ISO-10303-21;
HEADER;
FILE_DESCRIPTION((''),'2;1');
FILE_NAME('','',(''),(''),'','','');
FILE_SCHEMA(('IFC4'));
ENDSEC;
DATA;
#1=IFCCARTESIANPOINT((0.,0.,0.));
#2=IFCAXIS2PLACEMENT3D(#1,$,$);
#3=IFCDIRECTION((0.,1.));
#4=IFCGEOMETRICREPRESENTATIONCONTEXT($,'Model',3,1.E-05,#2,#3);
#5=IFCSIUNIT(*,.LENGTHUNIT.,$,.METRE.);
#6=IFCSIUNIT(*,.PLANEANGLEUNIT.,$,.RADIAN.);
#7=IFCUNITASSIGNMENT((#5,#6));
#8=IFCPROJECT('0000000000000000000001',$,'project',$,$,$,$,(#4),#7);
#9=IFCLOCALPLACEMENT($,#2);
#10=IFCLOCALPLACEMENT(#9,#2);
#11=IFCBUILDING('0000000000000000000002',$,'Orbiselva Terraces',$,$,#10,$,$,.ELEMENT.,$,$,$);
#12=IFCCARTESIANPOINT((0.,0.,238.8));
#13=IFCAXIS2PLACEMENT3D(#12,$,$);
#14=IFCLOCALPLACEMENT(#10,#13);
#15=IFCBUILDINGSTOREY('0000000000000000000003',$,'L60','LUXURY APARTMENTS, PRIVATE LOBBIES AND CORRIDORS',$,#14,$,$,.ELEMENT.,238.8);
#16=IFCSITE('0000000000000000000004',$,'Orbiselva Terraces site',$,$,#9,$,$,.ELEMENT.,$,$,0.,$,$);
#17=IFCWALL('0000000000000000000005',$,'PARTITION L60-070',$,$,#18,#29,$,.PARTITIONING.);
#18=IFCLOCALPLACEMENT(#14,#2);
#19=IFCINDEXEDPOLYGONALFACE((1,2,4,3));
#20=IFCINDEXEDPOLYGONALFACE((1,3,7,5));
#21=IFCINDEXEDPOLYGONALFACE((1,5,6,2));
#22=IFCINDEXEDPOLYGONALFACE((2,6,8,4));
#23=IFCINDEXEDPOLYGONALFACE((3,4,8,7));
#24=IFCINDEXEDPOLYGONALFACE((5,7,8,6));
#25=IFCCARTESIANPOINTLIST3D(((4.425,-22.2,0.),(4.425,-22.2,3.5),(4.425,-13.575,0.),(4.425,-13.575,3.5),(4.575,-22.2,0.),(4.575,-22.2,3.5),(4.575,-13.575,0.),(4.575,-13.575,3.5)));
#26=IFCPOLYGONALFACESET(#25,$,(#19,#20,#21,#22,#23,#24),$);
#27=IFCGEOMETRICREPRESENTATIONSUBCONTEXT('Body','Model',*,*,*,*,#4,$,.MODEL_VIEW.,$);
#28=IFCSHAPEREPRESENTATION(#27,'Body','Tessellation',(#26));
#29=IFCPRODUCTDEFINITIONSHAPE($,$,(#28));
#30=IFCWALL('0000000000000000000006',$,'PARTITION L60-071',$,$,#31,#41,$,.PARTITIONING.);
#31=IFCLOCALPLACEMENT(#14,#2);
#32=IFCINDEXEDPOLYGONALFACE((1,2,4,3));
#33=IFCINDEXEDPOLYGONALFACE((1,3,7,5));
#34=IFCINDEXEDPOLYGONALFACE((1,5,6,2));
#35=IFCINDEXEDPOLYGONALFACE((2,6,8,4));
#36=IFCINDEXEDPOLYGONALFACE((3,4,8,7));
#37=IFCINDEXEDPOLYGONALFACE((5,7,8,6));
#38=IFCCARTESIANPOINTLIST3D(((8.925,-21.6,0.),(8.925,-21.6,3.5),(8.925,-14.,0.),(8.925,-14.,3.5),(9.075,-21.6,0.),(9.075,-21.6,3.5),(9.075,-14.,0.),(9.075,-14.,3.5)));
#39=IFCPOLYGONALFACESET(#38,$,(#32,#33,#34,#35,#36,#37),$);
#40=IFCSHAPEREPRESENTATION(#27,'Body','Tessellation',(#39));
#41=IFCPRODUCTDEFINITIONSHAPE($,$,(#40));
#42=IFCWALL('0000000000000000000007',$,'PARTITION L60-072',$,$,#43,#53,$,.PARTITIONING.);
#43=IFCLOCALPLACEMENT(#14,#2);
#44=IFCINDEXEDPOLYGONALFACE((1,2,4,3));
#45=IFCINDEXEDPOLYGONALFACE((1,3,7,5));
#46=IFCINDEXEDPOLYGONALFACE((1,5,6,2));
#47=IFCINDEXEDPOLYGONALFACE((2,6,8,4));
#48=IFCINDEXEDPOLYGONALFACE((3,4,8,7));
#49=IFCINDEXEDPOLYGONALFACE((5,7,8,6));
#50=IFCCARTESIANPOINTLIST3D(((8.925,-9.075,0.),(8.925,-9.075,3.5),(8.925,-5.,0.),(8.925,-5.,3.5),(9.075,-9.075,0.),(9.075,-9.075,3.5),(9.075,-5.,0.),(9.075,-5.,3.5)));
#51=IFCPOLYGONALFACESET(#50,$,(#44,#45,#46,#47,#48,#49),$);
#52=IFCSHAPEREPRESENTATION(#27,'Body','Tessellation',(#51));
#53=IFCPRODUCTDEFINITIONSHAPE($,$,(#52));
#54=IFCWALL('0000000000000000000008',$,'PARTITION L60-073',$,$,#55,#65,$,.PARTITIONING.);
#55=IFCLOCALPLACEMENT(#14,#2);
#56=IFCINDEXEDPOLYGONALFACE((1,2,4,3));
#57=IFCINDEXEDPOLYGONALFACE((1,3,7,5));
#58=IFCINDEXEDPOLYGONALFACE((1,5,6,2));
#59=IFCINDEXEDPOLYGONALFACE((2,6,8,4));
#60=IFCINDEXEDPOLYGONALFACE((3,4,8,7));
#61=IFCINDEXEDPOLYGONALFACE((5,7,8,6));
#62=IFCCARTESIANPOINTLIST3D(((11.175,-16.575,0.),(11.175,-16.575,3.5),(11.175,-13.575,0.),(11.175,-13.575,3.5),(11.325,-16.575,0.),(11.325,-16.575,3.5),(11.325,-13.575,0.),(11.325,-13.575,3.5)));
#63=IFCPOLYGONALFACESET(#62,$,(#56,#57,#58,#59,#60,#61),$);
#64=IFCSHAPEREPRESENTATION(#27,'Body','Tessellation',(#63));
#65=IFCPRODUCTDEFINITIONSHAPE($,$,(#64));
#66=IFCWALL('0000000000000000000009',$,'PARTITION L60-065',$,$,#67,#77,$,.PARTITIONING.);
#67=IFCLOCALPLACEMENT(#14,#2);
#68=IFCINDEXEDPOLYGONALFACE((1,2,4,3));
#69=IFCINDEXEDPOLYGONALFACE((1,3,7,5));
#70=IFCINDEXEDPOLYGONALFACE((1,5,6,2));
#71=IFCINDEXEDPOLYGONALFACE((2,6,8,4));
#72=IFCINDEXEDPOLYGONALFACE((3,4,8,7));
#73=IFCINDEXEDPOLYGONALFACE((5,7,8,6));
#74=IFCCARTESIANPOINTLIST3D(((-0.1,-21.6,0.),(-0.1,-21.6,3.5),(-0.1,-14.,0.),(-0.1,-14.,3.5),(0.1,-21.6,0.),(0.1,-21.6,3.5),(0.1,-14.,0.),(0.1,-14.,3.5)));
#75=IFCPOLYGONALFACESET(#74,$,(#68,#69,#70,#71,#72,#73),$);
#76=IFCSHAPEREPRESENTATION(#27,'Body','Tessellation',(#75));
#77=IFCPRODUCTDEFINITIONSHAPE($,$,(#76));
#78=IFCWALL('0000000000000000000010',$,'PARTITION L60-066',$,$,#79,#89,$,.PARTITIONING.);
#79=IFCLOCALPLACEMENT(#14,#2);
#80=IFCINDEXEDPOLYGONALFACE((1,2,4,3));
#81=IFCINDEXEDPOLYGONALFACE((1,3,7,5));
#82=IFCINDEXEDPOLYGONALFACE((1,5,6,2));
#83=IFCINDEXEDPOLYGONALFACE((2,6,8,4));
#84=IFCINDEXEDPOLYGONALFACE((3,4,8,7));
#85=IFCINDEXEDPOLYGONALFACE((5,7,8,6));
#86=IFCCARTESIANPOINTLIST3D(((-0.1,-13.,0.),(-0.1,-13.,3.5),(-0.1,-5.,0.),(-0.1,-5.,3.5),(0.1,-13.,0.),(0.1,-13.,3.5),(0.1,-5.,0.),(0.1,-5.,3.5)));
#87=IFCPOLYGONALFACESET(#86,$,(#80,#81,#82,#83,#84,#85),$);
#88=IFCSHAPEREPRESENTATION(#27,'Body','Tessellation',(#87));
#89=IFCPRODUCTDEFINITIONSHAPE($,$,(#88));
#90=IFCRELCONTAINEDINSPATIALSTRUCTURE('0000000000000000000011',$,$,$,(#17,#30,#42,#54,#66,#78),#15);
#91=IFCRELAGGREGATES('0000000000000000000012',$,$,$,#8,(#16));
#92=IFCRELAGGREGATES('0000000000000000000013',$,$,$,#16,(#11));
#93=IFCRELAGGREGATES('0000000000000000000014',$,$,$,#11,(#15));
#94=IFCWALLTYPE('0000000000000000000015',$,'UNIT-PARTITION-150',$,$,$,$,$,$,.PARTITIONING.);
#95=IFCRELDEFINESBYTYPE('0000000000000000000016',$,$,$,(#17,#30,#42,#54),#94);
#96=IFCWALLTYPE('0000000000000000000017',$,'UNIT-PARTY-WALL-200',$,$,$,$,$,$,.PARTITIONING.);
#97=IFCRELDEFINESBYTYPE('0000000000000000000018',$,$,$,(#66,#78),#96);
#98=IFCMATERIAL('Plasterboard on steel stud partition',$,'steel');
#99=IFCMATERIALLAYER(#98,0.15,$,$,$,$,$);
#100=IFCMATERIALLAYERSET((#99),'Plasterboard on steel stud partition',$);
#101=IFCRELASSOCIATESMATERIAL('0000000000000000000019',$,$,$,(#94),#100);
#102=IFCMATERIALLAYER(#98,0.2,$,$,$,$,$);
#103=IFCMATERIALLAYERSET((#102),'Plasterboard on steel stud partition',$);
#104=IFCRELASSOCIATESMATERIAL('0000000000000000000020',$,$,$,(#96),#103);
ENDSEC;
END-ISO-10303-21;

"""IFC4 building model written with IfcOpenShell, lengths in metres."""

from ifc_helpers import new_model, si_unit, direction, frame, frame_2d, origin, place, context, subcontext, project, spatial, rectangle, extrude, material, layer, layer_set, type_object, element, save


model = new_model("IFC4")

# Units and contexts
model_context = context("Model", 3, precision=1e-05, world=origin(), true_north=direction((0.0, 1.0)))
body_context = subcontext(model_context, "Body", "Model", "MODEL_VIEW")
ifc_project = project(units=[si_unit("LENGTHUNIT", "METRE"), si_unit("PLANEANGLEUNIT", "RADIAN")], contexts=[model_context])

# Site, building, storey
site_placement = place(None, origin())
site = spatial("IfcSite", under=ifc_project, at=site_placement, Name="Orbiselva Terraces site", CompositionType="ELEMENT", RefElevation=0.0)
building_placement = place(site_placement, origin())
building = spatial("IfcBuilding", under=site, at=building_placement, Name="Orbiselva Terraces", CompositionType="ELEMENT")
storey_placement = place(building_placement, frame((0.0, 0.0, 238.8)))
storey = spatial("IfcBuildingStorey", under=building, at=storey_placement, Name="L60", Description="LUXURY APARTMENTS, PRIVATE LOBBIES AND CORRIDORS", CompositionType="ELEMENT", Elevation=238.8)

# Shared definitions
ifc_material_1 = material(Name="Plasterboard on steel stud partition", Category="steel")
ifc_layer_1 = layer(ifc_material_1, 0.15)
ifc_layer_set_1 = layer_set([ifc_layer_1], Name="Plasterboard on steel stud partition")
wall_type_1 = type_object("IfcWallType", Name="UNIT-PARTITION-150", PredefinedType="PARTITIONING", material=ifc_layer_set_1)

# Walls
wall_1_placement = place(storey_placement, frame((4.5, -22.2, 0.0), z_axis=(0.0, 0.0, 1.0), x_axis=(0.0, 1.0, 0.0)))
element("IfcWall", 1, at=wall_1_placement, inside=storey, type_object=wall_type_1, Name="PARTITION L60-070", PredefinedType="PARTITIONING", context=body_context, shape_type="SweptSolid", body=[
    extrude(rectangle(XDim=8.625, YDim=0.15, at=frame_2d((4.3125, 0.0))), origin(), (0.0, 0.0, 1.0), 3.5),
])
wall_2_placement = place(storey_placement, frame((9.0, -21.6, 0.0), z_axis=(0.0, 0.0, 1.0), x_axis=(0.0, 1.0, 0.0)))
element("IfcWall", 2, at=wall_2_placement, inside=storey, type_object=wall_type_1, Name="PARTITION L60-071", PredefinedType="PARTITIONING", context=body_context, shape_type="SweptSolid", body=[
    extrude(rectangle(XDim=7.6, YDim=0.15, at=frame_2d((3.8, 0.0))), origin(), (0.0, 0.0, 1.0), 3.5),
])
wall_3_placement = place(storey_placement, frame((9.0, -9.075, 0.0), z_axis=(0.0, 0.0, 1.0), x_axis=(0.0, 1.0, 0.0)))
element("IfcWall", 3, at=wall_3_placement, inside=storey, type_object=wall_type_1, Name="PARTITION L60-072", PredefinedType="PARTITIONING", context=body_context, shape_type="SweptSolid", body=[
    extrude(rectangle(XDim=4.075, YDim=0.15, at=frame_2d((2.0375, 0.0))), origin(), (0.0, 0.0, 1.0), 3.5),
])
wall_4_placement = place(storey_placement, frame((11.25, -16.575, 0.0), z_axis=(0.0, 0.0, 1.0), x_axis=(0.0, 1.0, 0.0)))
element("IfcWall", 4, at=wall_4_placement, inside=storey, type_object=wall_type_1, Name="PARTITION L60-073", PredefinedType="PARTITIONING", context=body_context, shape_type="SweptSolid", body=[
    extrude(rectangle(XDim=3.0, YDim=0.15, at=frame_2d((1.5, 0.0))), origin(), (0.0, 0.0, 1.0), 3.5),
])
ifc_layer_2 = layer(ifc_material_1, 0.2)
ifc_layer_set_2 = layer_set([ifc_layer_2], Name="Plasterboard on steel stud partition")
wall_type_2 = type_object("IfcWallType", Name="UNIT-PARTY-WALL-200", PredefinedType="PARTITIONING", material=ifc_layer_set_2)
wall_5_placement = place(storey_placement, frame((0.0, -21.6, 0.0), z_axis=(0.0, 0.0, 1.0), x_axis=(0.0, 1.0, 0.0)))
element("IfcWall", 5, at=wall_5_placement, inside=storey, type_object=wall_type_2, Name="PARTITION L60-065", PredefinedType="PARTITIONING", context=body_context, shape_type="SweptSolid", body=[
    extrude(rectangle(XDim=7.6, YDim=0.2, at=frame_2d((3.8, 0.0))), origin(), (0.0, 0.0, 1.0), 3.5),
])
wall_6_placement = place(storey_placement, frame((0.0, -13.0, 0.0), z_axis=(0.0, 0.0, 1.0), x_axis=(0.0, 1.0, 0.0)))
element("IfcWall", 6, at=wall_6_placement, inside=storey, type_object=wall_type_2, Name="PARTITION L60-066", PredefinedType="PARTITIONING", context=body_context, shape_type="SweptSolid", body=[
    extrude(rectangle(XDim=8.0, YDim=0.2, at=frame_2d((4.0, 0.0))), origin(), (0.0, 0.0, 1.0), 3.5),
])

save(model, "model.ifc")
